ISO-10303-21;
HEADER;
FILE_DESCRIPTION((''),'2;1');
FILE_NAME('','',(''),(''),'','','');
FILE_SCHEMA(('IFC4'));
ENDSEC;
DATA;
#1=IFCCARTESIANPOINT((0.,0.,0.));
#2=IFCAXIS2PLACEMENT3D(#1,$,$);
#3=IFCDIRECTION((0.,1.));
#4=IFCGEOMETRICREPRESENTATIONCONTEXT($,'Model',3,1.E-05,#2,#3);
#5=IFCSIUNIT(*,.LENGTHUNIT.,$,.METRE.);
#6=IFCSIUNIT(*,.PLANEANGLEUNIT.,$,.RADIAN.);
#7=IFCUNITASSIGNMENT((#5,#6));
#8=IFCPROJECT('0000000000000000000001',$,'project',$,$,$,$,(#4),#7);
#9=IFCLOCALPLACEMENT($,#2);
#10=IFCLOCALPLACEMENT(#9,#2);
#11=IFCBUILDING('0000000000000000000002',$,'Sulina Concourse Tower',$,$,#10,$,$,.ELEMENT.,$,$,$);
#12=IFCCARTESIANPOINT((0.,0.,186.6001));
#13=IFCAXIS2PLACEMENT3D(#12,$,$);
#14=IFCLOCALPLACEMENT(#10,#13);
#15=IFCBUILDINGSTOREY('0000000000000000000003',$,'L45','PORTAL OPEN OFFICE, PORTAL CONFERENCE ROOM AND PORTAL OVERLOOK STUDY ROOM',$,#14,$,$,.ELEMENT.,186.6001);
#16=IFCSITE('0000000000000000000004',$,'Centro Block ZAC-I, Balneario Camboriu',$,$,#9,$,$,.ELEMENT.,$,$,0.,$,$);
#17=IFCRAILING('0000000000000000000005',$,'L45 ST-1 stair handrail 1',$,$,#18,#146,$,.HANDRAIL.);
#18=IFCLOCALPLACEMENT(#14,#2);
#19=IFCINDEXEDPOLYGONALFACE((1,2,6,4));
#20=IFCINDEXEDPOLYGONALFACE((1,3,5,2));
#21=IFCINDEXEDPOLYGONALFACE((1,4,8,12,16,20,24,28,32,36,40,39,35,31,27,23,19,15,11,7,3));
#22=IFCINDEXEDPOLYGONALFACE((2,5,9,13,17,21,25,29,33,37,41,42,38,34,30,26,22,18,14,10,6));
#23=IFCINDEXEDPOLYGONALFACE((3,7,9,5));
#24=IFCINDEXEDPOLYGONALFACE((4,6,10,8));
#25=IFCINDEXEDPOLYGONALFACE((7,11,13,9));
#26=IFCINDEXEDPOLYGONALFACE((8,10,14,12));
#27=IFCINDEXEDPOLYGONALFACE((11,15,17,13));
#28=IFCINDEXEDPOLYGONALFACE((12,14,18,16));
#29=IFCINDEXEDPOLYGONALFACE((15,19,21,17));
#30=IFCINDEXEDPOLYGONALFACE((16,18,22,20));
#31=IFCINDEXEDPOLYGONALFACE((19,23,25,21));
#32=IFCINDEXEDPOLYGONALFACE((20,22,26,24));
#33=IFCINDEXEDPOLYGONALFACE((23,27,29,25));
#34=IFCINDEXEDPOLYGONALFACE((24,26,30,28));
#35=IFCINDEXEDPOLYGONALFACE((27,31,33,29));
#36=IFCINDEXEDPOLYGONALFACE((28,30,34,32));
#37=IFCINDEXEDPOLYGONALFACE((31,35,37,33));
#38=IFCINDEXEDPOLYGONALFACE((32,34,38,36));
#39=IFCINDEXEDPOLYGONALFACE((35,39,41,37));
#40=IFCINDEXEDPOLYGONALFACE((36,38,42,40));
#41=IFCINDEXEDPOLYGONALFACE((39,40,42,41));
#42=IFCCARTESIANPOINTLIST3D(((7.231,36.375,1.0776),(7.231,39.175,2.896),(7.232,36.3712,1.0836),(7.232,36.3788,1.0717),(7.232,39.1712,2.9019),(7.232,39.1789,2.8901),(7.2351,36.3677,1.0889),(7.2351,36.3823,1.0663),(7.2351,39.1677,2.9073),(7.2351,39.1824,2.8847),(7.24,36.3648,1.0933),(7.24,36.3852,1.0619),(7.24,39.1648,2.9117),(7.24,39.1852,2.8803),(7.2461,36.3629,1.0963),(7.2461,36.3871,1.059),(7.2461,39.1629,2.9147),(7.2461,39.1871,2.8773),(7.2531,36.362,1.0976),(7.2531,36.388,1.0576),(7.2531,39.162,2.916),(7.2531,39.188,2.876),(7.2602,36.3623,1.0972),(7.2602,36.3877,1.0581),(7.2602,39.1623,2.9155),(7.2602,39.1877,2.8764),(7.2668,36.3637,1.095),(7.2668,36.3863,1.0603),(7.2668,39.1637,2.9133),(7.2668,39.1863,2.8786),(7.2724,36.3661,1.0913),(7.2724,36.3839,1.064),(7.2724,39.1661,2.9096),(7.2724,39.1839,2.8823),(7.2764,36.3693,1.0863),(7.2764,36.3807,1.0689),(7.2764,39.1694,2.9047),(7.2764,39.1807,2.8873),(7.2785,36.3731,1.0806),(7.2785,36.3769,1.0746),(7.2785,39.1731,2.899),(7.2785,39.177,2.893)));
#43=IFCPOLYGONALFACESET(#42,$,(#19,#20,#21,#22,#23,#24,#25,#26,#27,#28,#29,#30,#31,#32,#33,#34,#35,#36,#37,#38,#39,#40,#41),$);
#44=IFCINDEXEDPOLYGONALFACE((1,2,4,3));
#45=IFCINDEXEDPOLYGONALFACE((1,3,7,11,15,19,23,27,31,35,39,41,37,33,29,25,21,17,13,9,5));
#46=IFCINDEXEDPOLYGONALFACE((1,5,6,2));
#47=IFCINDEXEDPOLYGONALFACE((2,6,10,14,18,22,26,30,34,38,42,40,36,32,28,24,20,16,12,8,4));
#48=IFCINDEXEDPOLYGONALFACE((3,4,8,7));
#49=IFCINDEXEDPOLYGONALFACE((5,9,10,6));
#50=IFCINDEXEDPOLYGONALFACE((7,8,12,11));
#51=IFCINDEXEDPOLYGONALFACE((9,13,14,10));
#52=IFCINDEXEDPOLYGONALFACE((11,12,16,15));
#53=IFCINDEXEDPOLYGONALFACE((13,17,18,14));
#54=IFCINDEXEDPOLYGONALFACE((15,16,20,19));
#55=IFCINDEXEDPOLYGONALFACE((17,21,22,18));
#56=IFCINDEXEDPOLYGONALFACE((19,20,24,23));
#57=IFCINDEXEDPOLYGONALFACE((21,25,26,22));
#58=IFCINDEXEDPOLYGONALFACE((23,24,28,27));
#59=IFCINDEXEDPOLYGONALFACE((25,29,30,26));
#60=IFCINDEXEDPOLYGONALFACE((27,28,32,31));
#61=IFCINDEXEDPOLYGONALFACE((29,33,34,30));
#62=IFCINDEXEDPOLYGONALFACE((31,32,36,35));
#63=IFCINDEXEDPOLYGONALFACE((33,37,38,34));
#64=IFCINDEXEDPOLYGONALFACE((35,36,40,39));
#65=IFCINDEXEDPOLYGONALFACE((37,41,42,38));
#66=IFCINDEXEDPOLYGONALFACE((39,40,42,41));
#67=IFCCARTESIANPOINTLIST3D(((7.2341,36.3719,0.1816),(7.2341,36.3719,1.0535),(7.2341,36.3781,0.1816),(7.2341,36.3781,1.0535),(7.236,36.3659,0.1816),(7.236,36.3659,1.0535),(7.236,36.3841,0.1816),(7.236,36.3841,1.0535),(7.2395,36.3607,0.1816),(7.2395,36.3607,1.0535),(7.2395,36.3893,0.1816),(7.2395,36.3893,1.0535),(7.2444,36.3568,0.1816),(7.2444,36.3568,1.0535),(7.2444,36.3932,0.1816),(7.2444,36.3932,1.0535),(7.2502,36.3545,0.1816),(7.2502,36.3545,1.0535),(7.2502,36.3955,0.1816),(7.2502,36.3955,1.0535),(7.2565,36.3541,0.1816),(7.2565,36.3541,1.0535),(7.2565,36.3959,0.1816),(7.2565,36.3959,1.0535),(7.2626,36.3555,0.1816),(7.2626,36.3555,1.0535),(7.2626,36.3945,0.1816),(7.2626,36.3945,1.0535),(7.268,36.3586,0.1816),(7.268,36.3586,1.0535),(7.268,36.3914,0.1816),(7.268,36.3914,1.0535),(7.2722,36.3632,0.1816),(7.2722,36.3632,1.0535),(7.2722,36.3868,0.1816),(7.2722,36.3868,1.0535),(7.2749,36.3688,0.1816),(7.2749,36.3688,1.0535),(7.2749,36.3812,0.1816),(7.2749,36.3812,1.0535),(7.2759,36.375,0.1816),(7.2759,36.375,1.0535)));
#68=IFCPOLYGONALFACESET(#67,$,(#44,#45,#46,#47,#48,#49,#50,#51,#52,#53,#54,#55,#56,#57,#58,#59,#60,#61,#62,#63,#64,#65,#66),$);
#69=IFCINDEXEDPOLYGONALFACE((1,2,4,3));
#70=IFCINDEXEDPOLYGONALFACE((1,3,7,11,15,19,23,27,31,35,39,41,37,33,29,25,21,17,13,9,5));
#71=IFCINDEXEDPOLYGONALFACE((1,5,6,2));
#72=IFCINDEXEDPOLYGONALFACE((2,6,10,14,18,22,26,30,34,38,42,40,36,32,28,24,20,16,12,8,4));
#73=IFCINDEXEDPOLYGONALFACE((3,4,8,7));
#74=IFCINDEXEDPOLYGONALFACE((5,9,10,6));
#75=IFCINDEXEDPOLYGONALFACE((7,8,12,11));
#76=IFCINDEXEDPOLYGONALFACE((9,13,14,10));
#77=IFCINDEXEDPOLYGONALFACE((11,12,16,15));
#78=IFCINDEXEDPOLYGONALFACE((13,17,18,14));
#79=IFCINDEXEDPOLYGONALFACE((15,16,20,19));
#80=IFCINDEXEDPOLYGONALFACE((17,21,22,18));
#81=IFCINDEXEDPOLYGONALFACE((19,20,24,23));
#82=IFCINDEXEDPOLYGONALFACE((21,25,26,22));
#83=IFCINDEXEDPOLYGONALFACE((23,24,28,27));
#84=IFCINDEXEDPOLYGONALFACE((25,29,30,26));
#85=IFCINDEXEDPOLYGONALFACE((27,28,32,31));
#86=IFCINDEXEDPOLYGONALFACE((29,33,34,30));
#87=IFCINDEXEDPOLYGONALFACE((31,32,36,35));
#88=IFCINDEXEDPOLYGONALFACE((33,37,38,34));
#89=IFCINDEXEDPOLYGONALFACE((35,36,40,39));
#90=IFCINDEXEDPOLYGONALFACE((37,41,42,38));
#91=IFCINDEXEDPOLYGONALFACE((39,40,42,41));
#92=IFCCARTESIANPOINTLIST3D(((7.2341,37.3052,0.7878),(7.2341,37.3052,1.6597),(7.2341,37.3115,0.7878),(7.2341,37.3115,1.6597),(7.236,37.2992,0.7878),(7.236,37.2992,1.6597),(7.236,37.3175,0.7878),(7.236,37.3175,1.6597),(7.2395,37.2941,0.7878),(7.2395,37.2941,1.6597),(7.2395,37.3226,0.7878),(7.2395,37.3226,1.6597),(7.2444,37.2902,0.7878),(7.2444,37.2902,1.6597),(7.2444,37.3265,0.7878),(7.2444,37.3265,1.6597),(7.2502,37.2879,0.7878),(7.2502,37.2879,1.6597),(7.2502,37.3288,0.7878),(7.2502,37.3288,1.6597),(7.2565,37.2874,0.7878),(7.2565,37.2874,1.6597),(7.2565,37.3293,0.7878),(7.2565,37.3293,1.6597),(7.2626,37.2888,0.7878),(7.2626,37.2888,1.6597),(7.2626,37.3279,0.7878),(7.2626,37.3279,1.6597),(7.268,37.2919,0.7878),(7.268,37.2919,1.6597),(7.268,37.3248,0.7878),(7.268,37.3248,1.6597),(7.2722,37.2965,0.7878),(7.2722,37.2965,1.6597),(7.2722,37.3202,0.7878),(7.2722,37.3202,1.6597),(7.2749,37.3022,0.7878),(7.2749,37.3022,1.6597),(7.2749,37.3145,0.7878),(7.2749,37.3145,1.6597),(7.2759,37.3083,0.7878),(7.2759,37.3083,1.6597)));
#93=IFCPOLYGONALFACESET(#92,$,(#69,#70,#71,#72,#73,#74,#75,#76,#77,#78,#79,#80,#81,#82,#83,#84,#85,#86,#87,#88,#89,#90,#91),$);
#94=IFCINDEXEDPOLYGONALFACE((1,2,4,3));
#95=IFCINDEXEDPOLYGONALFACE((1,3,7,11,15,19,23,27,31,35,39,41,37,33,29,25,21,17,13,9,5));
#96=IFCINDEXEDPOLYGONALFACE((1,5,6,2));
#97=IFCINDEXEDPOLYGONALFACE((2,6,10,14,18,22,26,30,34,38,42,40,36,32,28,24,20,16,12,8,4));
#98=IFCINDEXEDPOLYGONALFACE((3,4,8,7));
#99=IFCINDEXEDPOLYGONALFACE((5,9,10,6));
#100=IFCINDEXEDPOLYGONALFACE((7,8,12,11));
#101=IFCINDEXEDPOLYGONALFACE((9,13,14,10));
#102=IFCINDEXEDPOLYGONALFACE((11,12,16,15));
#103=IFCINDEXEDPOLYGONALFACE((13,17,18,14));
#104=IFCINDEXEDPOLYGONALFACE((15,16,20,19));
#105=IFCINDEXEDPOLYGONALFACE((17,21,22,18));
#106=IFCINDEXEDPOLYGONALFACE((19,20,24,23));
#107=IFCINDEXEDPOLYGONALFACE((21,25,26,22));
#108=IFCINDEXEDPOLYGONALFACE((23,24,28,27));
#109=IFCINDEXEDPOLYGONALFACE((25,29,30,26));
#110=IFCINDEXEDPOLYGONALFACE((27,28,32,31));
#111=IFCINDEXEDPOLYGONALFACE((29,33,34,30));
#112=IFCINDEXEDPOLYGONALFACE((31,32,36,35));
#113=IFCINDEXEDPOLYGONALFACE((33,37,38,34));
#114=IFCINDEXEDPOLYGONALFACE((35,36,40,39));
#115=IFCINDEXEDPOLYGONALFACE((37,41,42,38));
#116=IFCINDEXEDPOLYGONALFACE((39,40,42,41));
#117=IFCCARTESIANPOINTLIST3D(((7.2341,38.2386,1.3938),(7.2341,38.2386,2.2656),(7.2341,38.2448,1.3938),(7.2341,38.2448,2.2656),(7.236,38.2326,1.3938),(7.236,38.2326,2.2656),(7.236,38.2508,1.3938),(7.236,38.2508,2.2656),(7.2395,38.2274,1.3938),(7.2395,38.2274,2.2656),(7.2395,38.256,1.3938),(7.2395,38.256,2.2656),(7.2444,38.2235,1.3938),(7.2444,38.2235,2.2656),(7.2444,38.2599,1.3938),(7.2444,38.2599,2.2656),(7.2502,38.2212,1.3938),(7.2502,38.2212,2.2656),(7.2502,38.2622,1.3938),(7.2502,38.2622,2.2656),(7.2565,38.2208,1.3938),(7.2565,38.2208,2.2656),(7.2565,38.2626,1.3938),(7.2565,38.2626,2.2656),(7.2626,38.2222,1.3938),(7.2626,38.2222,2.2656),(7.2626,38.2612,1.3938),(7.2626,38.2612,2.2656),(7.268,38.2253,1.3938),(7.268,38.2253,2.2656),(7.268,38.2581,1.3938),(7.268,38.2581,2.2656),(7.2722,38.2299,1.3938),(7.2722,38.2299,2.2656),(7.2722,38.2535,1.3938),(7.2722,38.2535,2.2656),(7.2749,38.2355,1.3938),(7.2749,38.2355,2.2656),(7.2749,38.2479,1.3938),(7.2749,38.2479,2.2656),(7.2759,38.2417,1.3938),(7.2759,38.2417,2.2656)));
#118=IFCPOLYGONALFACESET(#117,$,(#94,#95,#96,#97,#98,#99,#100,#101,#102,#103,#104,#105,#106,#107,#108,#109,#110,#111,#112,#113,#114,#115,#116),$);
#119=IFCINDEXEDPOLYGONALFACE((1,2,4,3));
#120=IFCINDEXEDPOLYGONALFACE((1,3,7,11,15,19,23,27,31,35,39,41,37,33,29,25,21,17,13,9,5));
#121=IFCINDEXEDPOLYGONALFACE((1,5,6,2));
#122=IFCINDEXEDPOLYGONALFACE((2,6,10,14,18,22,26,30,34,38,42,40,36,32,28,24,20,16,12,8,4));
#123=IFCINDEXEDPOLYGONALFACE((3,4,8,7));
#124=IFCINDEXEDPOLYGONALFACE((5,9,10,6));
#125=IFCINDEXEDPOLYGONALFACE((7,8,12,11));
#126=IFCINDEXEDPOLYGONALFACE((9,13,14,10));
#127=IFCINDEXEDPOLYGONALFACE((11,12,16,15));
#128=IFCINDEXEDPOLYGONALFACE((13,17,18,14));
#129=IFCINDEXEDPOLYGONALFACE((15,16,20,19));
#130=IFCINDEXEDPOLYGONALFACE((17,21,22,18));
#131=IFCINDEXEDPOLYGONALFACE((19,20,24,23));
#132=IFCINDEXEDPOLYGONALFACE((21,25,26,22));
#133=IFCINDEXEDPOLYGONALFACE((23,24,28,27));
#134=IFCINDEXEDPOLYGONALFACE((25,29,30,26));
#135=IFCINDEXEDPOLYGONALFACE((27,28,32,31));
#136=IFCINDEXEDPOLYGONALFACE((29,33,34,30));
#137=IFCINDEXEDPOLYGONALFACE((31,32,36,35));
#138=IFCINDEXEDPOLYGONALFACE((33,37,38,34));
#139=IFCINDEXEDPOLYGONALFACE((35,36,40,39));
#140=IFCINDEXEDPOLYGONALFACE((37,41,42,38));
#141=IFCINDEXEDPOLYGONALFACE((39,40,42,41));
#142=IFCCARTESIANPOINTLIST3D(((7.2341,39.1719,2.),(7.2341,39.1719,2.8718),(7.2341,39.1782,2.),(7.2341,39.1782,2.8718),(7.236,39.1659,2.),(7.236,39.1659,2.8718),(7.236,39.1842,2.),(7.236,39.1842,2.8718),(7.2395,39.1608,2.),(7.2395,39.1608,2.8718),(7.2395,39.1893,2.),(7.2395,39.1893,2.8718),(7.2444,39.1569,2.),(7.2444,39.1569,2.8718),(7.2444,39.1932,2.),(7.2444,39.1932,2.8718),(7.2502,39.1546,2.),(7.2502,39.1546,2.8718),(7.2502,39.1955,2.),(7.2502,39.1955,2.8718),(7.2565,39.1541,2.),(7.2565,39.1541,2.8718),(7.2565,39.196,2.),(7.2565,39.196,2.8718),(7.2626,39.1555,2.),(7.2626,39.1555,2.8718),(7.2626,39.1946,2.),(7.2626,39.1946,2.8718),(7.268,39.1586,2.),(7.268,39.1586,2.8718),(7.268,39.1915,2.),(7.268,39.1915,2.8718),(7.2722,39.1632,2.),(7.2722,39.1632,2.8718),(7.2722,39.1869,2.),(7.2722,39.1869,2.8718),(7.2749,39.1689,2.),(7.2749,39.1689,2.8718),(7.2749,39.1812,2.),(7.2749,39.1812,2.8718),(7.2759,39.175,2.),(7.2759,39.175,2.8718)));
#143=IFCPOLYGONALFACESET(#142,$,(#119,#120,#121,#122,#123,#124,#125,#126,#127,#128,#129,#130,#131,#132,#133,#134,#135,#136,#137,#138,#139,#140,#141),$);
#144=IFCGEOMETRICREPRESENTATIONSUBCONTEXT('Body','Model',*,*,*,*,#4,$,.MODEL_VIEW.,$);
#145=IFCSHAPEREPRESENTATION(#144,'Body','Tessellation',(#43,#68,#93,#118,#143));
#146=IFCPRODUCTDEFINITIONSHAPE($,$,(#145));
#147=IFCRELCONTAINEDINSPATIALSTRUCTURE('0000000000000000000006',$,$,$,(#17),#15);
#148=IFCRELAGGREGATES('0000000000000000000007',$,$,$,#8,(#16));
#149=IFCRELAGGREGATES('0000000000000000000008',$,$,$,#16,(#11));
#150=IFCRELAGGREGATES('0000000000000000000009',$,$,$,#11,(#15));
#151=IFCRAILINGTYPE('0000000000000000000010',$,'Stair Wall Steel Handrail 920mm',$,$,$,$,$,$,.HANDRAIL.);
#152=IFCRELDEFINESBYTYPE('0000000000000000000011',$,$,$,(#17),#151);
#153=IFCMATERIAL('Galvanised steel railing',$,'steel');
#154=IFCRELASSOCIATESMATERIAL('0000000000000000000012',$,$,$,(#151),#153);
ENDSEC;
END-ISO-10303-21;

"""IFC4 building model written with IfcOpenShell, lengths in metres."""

from ifc_helpers import new_model, si_unit, direction, frame, origin, origin_2d, place, context, subcontext, project, spatial, circle, extrude, material, type_object, element, save


model = new_model("IFC4")

# Units and contexts
model_context = context("Model", 3, precision=1e-05, world=origin(), true_north=direction((0.0, 1.0)))
body_context = subcontext(model_context, "Body", "Model", "MODEL_VIEW")
ifc_project = project(units=[si_unit("LENGTHUNIT", "METRE"), si_unit("PLANEANGLEUNIT", "RADIAN")], contexts=[model_context])

# Site, building, storey
site_placement = place(None, origin())
site = spatial("IfcSite", under=ifc_project, at=site_placement, Name="Centro Block ZAC-I, Balneario Camboriu", CompositionType="ELEMENT", RefElevation=0.0)
building_placement = place(site_placement, origin())
building = spatial("IfcBuilding", under=site, at=building_placement, Name="Sulina Concourse Tower", CompositionType="ELEMENT")
storey_placement = place(building_placement, frame((0.0, 0.0, 186.6001)))
storey = spatial("IfcBuildingStorey", under=building, at=storey_placement, Name="L45", Description="PORTAL OPEN OFFICE, PORTAL CONFERENCE ROOM AND PORTAL OVERLOOK STUDY ROOM", CompositionType="ELEMENT", Elevation=186.6001)

# Railing
ifc_material_1 = material(Name="Galvanised steel railing", Category="steel")
railing_type_1 = type_object("IfcRailingType", Name="Stair Wall Steel Handrail 920mm", PredefinedType="HANDRAIL", material=ifc_material_1)
railing_1_placement = place(storey_placement, frame((7.2549, 36.375, 0.1816)))
element("IfcRailing", 1, at=railing_1_placement, inside=storey, type_object=railing_type_1, Name="L45 ST-1 stair handrail 1", PredefinedType="HANDRAIL", context=body_context, shape_type="SweptSolid", body=[
    extrude(circle(Radius=0.0239, at=origin_2d()), frame((0.0, 0.0, 0.896), z_axis=(0.0, 0.838672, 0.544636), x_axis=(-1.0, 0.0, 0.0)), (0.0, 0.0, 1.0), 3.3386),
    extrude(circle(Radius=0.021, at=origin_2d()), origin(), (0.0, 0.0, 1.0), 0.8718),
    extrude(circle(Radius=0.021, at=origin_2d()), frame((0.0, 0.9333, 0.6062)), (0.0, 0.0, 1.0), 0.8718),
    extrude(circle(Radius=0.021, at=origin_2d()), frame((0.0, 1.8667, 1.2122)), (0.0, 0.0, 1.0), 0.8718),
    extrude(circle(Radius=0.021, at=origin_2d()), frame((0.0, 2.8, 1.8184)), (0.0, 0.0, 1.0), 0.8718),
])

save(model, "model.ifc")
